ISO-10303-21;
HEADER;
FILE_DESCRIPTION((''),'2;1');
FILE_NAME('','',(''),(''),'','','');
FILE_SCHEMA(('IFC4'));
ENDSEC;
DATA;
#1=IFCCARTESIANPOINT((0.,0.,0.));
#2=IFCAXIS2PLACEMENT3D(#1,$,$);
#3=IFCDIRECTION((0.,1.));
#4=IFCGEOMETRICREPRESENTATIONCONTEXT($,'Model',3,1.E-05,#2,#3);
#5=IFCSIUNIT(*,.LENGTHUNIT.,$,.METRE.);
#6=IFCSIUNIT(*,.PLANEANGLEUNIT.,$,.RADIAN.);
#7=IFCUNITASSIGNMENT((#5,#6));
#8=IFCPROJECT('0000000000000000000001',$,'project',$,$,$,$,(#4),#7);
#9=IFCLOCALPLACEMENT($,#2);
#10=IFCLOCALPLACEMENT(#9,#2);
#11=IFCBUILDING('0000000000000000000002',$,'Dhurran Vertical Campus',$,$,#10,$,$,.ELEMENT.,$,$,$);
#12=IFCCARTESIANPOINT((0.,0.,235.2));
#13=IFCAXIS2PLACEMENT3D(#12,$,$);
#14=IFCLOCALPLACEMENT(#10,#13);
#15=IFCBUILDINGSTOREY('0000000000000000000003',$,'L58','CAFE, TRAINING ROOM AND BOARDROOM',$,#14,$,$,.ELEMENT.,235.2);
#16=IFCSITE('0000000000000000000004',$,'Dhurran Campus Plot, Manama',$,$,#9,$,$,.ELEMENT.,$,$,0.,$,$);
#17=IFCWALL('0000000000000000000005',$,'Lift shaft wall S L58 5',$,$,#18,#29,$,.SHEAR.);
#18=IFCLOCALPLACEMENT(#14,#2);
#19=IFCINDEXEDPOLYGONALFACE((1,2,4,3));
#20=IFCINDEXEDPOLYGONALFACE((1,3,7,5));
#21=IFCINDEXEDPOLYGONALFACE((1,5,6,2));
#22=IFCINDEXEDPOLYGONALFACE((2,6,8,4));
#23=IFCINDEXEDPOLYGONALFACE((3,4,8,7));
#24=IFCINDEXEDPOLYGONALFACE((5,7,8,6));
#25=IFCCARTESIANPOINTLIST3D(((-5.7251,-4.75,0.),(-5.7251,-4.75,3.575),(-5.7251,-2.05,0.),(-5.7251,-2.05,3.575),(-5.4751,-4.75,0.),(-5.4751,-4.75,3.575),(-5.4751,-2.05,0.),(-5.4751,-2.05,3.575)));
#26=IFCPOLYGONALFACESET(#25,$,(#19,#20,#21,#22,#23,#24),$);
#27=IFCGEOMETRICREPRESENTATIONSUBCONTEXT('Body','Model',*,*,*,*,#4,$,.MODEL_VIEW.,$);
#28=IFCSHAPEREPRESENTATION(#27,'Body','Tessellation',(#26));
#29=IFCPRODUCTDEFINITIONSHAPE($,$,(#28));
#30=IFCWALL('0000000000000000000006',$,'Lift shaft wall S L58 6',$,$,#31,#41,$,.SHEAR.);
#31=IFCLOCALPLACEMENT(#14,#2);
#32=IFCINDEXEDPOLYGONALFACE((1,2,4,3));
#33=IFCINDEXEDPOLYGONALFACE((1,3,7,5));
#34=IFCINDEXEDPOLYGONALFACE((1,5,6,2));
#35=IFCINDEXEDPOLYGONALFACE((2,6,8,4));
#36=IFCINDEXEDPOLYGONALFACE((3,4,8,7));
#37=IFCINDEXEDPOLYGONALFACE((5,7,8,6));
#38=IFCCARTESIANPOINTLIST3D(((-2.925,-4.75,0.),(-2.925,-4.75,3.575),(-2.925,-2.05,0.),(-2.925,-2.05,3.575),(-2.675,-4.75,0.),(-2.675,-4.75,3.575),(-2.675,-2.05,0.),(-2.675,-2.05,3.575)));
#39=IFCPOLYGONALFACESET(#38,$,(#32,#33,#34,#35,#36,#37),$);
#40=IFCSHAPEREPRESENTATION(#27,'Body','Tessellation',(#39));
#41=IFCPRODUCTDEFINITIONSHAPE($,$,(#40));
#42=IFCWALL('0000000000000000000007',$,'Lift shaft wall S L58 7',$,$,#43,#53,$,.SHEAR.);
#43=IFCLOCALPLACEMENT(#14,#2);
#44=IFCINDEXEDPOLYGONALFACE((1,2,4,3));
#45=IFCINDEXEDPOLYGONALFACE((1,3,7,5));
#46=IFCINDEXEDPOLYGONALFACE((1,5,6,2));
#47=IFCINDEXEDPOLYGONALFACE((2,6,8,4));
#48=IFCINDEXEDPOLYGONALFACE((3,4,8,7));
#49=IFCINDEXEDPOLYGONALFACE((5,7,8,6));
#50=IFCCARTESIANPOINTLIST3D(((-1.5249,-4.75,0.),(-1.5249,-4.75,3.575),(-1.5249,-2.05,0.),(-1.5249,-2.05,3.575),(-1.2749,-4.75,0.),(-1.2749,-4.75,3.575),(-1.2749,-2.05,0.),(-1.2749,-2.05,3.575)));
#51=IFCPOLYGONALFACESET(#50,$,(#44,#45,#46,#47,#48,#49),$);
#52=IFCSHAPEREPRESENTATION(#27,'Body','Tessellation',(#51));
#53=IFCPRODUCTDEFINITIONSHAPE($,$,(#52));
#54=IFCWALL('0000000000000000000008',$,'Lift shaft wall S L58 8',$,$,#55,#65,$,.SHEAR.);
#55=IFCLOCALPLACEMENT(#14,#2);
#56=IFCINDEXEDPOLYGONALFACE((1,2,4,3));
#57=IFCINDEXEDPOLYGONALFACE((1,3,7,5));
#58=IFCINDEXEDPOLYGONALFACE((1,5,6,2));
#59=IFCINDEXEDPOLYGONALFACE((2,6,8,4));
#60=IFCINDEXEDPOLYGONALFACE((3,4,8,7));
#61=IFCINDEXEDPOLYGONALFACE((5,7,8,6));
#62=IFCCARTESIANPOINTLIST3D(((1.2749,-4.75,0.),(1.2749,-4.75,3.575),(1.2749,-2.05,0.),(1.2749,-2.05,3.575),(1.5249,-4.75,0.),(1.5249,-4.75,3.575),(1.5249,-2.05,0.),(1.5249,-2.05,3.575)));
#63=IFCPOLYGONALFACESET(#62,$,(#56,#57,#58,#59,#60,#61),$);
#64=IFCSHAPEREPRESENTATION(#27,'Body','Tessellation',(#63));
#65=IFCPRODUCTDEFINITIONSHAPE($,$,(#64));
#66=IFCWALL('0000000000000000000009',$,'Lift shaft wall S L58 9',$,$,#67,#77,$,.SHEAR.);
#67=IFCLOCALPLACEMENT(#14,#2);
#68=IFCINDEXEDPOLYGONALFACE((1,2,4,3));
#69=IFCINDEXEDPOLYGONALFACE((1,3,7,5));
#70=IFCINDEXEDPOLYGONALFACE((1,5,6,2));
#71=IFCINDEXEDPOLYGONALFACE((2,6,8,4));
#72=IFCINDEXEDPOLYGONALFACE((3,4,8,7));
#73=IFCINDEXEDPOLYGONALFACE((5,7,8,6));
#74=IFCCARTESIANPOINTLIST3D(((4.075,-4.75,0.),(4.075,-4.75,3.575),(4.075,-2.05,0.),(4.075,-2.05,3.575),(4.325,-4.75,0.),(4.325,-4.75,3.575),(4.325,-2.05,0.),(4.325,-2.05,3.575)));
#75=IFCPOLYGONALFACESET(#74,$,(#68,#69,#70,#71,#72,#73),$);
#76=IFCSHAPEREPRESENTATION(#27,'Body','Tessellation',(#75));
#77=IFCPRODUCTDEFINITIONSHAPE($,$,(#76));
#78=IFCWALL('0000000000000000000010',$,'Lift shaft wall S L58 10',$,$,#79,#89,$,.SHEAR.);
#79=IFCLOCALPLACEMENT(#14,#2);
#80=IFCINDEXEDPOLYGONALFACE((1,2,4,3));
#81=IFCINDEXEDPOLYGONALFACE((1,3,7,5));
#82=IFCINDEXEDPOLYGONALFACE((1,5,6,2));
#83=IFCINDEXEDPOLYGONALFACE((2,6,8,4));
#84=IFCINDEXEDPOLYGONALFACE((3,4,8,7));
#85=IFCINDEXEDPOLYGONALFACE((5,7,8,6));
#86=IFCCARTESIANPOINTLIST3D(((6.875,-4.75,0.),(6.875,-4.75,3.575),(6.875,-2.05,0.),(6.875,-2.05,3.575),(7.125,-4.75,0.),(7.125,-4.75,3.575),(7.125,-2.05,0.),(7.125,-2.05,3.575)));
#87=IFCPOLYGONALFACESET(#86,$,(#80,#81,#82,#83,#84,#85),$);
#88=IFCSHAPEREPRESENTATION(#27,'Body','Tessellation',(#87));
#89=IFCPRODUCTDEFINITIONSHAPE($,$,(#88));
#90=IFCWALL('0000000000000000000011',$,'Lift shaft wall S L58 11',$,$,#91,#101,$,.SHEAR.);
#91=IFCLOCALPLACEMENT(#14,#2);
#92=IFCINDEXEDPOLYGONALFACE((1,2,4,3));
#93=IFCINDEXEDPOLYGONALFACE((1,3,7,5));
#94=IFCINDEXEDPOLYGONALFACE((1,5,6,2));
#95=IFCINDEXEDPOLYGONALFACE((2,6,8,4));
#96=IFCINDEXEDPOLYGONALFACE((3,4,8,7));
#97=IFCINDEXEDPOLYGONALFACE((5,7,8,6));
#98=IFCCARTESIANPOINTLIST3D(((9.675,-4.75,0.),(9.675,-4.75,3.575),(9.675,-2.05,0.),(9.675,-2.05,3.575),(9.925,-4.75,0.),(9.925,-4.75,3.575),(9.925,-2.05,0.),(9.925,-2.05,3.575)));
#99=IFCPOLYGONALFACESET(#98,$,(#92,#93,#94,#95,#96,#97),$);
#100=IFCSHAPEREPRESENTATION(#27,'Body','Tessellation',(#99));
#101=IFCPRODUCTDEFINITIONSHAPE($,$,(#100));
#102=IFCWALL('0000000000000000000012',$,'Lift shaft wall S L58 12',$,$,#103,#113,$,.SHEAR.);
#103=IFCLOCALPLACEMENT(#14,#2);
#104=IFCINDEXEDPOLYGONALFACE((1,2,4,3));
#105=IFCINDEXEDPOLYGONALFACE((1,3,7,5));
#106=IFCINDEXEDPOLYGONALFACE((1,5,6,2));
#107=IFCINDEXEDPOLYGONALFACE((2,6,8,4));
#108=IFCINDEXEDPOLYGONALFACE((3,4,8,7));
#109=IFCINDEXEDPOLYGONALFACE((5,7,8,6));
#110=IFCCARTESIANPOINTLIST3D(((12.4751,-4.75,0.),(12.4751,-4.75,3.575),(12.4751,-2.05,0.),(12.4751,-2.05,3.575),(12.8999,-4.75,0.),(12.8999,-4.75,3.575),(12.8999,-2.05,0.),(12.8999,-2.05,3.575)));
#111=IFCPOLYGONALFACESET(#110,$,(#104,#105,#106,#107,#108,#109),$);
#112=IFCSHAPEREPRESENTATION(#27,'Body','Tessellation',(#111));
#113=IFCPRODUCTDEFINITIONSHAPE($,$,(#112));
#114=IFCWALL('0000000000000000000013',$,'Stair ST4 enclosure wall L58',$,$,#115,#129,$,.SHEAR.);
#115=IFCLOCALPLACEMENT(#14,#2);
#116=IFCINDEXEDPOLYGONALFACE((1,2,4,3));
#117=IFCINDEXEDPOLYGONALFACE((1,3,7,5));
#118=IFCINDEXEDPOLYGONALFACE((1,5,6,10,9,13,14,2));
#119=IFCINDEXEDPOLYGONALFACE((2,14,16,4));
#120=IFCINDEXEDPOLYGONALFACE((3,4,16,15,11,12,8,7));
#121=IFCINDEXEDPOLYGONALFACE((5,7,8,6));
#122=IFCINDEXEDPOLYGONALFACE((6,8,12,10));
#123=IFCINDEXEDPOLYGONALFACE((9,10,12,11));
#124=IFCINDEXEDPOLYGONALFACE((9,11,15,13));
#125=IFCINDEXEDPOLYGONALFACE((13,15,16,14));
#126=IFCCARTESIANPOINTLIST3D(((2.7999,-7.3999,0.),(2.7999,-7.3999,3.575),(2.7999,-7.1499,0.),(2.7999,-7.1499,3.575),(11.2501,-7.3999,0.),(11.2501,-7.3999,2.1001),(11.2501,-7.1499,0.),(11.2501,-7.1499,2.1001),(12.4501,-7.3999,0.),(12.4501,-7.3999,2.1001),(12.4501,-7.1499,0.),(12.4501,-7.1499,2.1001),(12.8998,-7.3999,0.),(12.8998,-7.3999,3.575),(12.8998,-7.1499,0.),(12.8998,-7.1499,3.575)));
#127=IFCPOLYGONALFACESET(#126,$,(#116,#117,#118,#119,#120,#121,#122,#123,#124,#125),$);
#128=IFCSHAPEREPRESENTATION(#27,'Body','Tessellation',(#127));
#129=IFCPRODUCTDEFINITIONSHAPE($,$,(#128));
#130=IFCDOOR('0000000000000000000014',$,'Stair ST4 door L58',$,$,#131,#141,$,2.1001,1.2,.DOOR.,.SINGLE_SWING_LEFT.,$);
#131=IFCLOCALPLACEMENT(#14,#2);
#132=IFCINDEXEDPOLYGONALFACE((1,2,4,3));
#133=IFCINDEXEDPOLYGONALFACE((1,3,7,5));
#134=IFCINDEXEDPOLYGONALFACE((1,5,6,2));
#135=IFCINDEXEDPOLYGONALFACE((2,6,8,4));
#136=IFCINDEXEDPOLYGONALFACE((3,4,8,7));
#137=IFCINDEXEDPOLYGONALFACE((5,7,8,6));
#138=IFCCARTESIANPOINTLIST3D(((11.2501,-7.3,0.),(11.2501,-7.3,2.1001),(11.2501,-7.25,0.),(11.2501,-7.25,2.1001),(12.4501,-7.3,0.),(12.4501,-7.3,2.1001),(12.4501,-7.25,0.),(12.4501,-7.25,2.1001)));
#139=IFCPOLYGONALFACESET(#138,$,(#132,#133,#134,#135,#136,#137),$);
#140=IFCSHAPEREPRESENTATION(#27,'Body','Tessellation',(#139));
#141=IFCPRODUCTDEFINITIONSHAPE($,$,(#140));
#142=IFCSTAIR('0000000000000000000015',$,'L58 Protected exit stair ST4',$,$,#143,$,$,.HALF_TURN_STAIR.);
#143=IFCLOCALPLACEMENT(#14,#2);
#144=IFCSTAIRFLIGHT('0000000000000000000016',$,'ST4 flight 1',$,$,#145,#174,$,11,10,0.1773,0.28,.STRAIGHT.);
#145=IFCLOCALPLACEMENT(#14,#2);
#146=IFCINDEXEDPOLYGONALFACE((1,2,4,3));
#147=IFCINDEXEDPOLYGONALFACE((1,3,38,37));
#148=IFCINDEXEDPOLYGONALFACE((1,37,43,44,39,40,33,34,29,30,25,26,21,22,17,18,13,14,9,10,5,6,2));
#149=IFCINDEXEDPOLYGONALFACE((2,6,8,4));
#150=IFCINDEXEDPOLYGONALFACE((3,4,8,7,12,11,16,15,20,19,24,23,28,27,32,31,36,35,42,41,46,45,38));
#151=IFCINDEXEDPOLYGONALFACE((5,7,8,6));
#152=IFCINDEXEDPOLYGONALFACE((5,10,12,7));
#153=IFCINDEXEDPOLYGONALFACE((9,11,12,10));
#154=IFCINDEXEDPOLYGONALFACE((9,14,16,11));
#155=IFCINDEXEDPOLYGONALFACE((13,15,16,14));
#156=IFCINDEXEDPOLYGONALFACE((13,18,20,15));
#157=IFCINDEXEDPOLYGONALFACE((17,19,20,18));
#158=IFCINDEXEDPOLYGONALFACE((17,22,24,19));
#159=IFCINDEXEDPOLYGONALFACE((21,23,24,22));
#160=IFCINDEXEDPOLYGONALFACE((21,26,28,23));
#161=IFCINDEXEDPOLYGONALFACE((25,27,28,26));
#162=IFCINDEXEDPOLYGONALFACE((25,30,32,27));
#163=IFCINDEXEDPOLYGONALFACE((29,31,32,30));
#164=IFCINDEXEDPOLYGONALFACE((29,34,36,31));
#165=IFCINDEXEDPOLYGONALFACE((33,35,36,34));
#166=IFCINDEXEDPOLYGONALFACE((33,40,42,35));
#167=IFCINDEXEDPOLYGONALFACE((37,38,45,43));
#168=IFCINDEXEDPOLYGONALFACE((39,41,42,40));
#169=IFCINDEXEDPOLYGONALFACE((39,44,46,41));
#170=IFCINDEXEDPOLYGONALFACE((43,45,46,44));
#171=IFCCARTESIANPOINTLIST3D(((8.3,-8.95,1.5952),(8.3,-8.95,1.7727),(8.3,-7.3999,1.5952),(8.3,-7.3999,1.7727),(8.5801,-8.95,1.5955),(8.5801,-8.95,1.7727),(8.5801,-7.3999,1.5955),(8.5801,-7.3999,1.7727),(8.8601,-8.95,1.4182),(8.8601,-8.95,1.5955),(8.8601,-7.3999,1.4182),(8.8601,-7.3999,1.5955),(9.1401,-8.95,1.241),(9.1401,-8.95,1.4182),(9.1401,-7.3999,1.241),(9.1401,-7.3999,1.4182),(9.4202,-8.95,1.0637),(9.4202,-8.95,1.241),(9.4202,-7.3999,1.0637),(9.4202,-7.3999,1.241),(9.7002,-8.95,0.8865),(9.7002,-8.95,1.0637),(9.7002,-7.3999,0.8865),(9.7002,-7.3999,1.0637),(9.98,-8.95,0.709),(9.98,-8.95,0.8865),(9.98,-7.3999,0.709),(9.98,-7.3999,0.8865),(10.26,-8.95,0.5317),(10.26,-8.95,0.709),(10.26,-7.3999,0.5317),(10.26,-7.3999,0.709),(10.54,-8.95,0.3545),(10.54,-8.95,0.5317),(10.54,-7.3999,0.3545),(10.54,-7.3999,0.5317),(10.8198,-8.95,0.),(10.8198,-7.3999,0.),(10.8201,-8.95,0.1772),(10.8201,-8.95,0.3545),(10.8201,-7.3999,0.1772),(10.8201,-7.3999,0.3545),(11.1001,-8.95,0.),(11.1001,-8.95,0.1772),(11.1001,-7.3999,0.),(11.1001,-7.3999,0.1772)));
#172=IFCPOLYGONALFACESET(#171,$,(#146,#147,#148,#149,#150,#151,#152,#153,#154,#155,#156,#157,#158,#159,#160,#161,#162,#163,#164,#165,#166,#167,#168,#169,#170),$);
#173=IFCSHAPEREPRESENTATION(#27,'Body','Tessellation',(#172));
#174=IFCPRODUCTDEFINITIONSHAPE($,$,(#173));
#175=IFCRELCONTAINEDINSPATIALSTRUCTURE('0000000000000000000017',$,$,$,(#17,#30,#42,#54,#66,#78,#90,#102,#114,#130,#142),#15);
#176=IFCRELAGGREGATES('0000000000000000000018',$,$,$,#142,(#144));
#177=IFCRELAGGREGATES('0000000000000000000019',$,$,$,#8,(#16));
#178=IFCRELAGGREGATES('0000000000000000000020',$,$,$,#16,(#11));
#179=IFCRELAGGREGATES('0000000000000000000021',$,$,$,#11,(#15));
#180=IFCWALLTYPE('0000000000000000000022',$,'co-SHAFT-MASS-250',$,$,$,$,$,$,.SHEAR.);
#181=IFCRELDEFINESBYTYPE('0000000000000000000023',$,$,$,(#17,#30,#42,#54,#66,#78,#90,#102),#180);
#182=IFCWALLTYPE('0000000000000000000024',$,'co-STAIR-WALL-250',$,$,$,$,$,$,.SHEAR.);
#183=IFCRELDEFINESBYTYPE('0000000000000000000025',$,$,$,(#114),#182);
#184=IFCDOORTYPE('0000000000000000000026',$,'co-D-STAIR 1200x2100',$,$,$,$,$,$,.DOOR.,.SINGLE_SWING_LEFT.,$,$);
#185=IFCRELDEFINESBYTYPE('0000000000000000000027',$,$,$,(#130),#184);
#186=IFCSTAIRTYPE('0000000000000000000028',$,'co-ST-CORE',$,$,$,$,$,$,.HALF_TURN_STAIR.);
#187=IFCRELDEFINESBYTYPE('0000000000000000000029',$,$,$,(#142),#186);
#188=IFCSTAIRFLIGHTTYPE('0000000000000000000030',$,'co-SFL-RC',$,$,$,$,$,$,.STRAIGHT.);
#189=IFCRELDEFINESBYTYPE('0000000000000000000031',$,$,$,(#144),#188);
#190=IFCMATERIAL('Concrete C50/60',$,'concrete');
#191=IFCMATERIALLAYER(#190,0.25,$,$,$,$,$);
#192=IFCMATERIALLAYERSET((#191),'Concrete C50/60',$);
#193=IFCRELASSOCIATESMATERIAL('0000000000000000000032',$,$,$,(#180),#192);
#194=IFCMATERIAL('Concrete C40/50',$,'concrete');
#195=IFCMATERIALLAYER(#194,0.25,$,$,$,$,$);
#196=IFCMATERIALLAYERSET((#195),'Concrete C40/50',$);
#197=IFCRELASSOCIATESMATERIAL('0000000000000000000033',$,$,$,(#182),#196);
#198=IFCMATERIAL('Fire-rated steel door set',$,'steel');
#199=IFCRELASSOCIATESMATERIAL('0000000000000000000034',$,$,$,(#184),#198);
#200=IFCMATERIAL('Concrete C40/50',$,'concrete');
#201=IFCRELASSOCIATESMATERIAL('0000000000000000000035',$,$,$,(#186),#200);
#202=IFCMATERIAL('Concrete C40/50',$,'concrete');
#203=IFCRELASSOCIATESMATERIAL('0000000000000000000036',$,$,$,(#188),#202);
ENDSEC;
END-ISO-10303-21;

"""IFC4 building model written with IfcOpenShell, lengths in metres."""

from ifc_helpers import new_model, si_unit, direction, frame, frame_2d, origin, place, context, subcontext, project, spatial, polyline, rectangle, outline, extrude, material, layer, layer_set, type_object, element, fill, aggregate, save


model = new_model("IFC4")

# Units and contexts
model_context = context("Model", 3, precision=1e-05, world=origin(), true_north=direction((0.0, 1.0)))
body_context = subcontext(model_context, "Body", "Model", "MODEL_VIEW")
ifc_project = project(units=[si_unit("LENGTHUNIT", "METRE"), si_unit("PLANEANGLEUNIT", "RADIAN")], contexts=[model_context])

# Site, building, storey
site_placement = place(None, origin())
site = spatial("IfcSite", under=ifc_project, at=site_placement, Name="Dhurran Campus Plot, Manama", CompositionType="ELEMENT", RefElevation=0.0)
building_placement = place(site_placement, origin())
building = spatial("IfcBuilding", under=site, at=building_placement, Name="Dhurran Vertical Campus", CompositionType="ELEMENT")
storey_placement = place(building_placement, frame((0.0, 0.0, 235.2)))
storey = spatial("IfcBuildingStorey", under=building, at=storey_placement, Name="L58", Description="CAFE, TRAINING ROOM AND BOARDROOM", CompositionType="ELEMENT", Elevation=235.2)

# Walls
ifc_material_1 = material(Name="Concrete C50/60", Category="concrete")
ifc_layer_1 = layer(ifc_material_1, 0.25)
ifc_layer_set_1 = layer_set([ifc_layer_1], Name="Concrete C50/60")
wall_type_1 = type_object("IfcWallType", Name="co-SHAFT-MASS-250", PredefinedType="SHEAR", material=ifc_layer_set_1)
wall_1_placement = place(storey_placement, origin())
element("IfcWall", 1, at=wall_1_placement, inside=storey, type_object=wall_type_1, Name="Lift shaft wall S L58 5", PredefinedType="SHEAR", context=body_context, shape_type="SweptSolid", body=[
    extrude(outline(polyline([(-5.7251, -4.75), (-5.4751, -4.75), (-5.4751, -2.05), (-5.7251, -2.05), (-5.7251, -4.75)])), origin(), (0.0, 0.0, 1.0), 3.575),
])
wall_2_placement = place(storey_placement, origin())
element("IfcWall", 2, at=wall_2_placement, inside=storey, type_object=wall_type_1, Name="Lift shaft wall S L58 6", PredefinedType="SHEAR", context=body_context, shape_type="SweptSolid", body=[
    extrude(outline(polyline([(-2.925, -4.75), (-2.675, -4.75), (-2.675, -2.05), (-2.925, -2.05), (-2.925, -4.75)])), origin(), (0.0, 0.0, 1.0), 3.575),
])
wall_3_placement = place(storey_placement, origin())
element("IfcWall", 3, at=wall_3_placement, inside=storey, type_object=wall_type_1, Name="Lift shaft wall S L58 7", PredefinedType="SHEAR", context=body_context, shape_type="SweptSolid", body=[
    extrude(outline(polyline([(-1.5249, -4.75), (-1.2749, -4.75), (-1.2749, -2.05), (-1.5249, -2.05), (-1.5249, -4.75)])), origin(), (0.0, 0.0, 1.0), 3.575),
])
wall_4_placement = place(storey_placement, origin())
element("IfcWall", 4, at=wall_4_placement, inside=storey, type_object=wall_type_1, Name="Lift shaft wall S L58 8", PredefinedType="SHEAR", context=body_context, shape_type="SweptSolid", body=[
    extrude(outline(polyline([(1.2749, -4.75), (1.5249, -4.75), (1.5249, -2.05), (1.2749, -2.05), (1.2749, -4.75)])), origin(), (0.0, 0.0, 1.0), 3.575),
])
wall_5_placement = place(storey_placement, origin())
element("IfcWall", 5, at=wall_5_placement, inside=storey, type_object=wall_type_1, Name="Lift shaft wall S L58 9", PredefinedType="SHEAR", context=body_context, shape_type="SweptSolid", body=[
    extrude(outline(polyline([(4.075, -4.75), (4.325, -4.75), (4.325, -2.05), (4.075, -2.05), (4.075, -4.75)])), origin(), (0.0, 0.0, 1.0), 3.575),
])
wall_6_placement = place(storey_placement, origin())
element("IfcWall", 6, at=wall_6_placement, inside=storey, type_object=wall_type_1, Name="Lift shaft wall S L58 10", PredefinedType="SHEAR", context=body_context, shape_type="SweptSolid", body=[
    extrude(outline(polyline([(6.875, -4.75), (7.125, -4.75), (7.125, -2.05), (6.875, -2.05), (6.875, -4.75)])), origin(), (0.0, 0.0, 1.0), 3.575),
])
wall_7_placement = place(storey_placement, origin())
element("IfcWall", 7, at=wall_7_placement, inside=storey, type_object=wall_type_1, Name="Lift shaft wall S L58 11", PredefinedType="SHEAR", context=body_context, shape_type="SweptSolid", body=[
    extrude(outline(polyline([(9.675, -4.75), (9.925, -4.75), (9.925, -2.05), (9.675, -2.05), (9.675, -4.75)])), origin(), (0.0, 0.0, 1.0), 3.575),
])
wall_8_placement = place(storey_placement, origin())
element("IfcWall", 8, at=wall_8_placement, inside=storey, type_object=wall_type_1, Name="Lift shaft wall S L58 12", PredefinedType="SHEAR", context=body_context, shape_type="SweptSolid", body=[
    extrude(outline(polyline([(12.4751, -4.75), (12.8999, -4.75), (12.8999, -2.05), (12.4751, -2.05), (12.4751, -4.75)])), origin(), (0.0, 0.0, 1.0), 3.575),
])

# Wall, opening, door
ifc_material_2 = material(Name="Concrete C40/50", Category="concrete")
ifc_layer_2 = layer(ifc_material_2, 0.25)
ifc_layer_set_2 = layer_set([ifc_layer_2], Name="Concrete C40/50")
wall_type_2 = type_object("IfcWallType", Name="co-STAIR-WALL-250", PredefinedType="SHEAR", material=ifc_layer_set_2)
wall_9_placement = place(storey_placement, frame((2.8, -7.2749, 0.0), z_axis=(0.0, 0.0, 1.0), x_axis=(1.0, 0.0, 0.0)))
wall_9 = element("IfcWall", 9, at=wall_9_placement, inside=storey, type_object=wall_type_2, Name="Stair ST4 enclosure wall L58", PredefinedType="SHEAR", context=body_context, shape_type="SweptSolid", body=[
    extrude(rectangle(XDim=10.0999, YDim=0.25, at=frame_2d((5.0498, 0.0))), origin(), (0.0, 0.0, 1.0), 3.575),
])
opening_1_placement = place(wall_9_placement, frame((8.45, 0.0, 0.0)))
opening_1 = element("IfcOpeningElement", 10, at=opening_1_placement, cuts=wall_9, PredefinedType="OPENING", context=body_context, shape_type="SweptSolid", body=[
    extrude(rectangle(XDim=1.2, YDim=2.1001, at=frame_2d((0.6001, 1.05))), frame((0.0, 0.135, 0.0), z_axis=(0.0, -1.0, 0.0), x_axis=(1.0, 0.0, 0.0)), (0.0, 0.0, 1.0), 0.27),
])
ifc_material_3 = material(Name="Fire-rated steel door set", Category="steel")
door_type_1 = type_object("IfcDoorType", Name="co-D-STAIR 1200x2100", OperationType="SINGLE_SWING_LEFT", PredefinedType="DOOR", material=ifc_material_3)
door_1_placement = place(opening_1_placement, origin())
door_1 = element("IfcDoor", 11, at=door_1_placement, inside=storey, type_object=door_type_1, Name="Stair ST4 door L58", OperationType="SINGLE_SWING_LEFT", OverallHeight=2.1001, OverallWidth=1.2, PredefinedType="DOOR", context=body_context, shape_type="SweptSolid", body=[
    extrude(rectangle(XDim=1.2, YDim=2.1001, at=frame_2d((0.6001, 1.05))), frame((0.0, 0.0249, 0.0), z_axis=(0.0, -1.0, 0.0), x_axis=(1.0, 0.0, 0.0)), (0.0, 0.0, 1.0), 0.05),
])
fill(opening_1, door_1)

# Stair, stair flight
ifc_material_4 = material(Name="Concrete C40/50", Category="concrete")
stair_type = type_object("IfcStairType", Name="co-ST-CORE", PredefinedType="HALF_TURN_STAIR", material=ifc_material_4)
stair_placement = place(storey_placement, origin())
stair = element("IfcStair", 12, at=stair_placement, inside=storey, type_object=stair_type, Name="L58 Protected exit stair ST4", PredefinedType="HALF_TURN_STAIR")
ifc_material_5 = material(Name="Concrete C40/50", Category="concrete")
stair_flight_type = type_object("IfcStairFlightType", Name="co-SFL-RC", PredefinedType="STRAIGHT", material=ifc_material_5)
stair_flight_1_placement = place(storey_placement, frame((11.1001, -8.175, 0.0), z_axis=(0.0, 0.0, 1.0), x_axis=(-1.0, 0.0, 0.0)))
stair_flight_1 = element("IfcStairFlight", 13, at=stair_flight_1_placement, type_object=stair_flight_type, Name="ST4 flight 1", NumberOfRisers=11, NumberOfTreads=10, PredefinedType="STRAIGHT", RiserHeight=0.1773, TreadLength=0.28, context=body_context, shape_type="SweptSolid", body=[
    extrude(outline(polyline([(0.0, 0.0), (0.0, 0.1772), (0.28, 0.1772), (0.28, 0.3545), (0.5601, 0.3545), (0.5601, 0.5317), (0.8401, 0.5317), (0.8401, 0.709), (1.1201, 0.709), (1.1201, 0.8865), (1.3999, 0.8865), (1.3999, 1.0637), (1.6799, 1.0637), (1.6799, 1.241), (1.96, 1.241), (1.96, 1.4182), (2.24, 1.4182), (2.24, 1.5955), (2.52, 1.5955), (2.52, 1.7727), (2.8, 1.7727), (2.8, 1.95), (2.8, 1.5952), (0.2803, 0.0), (0.0, 0.0)])), frame((0.0, 0.7749, 0.0), z_axis=(0.0, -1.0, 0.0), x_axis=(1.0, 0.0, 0.0)), (0.0, 0.0, 1.0), 1.55),
])
aggregate(stair, [stair_flight_1])

save(model, "model.ifc")
